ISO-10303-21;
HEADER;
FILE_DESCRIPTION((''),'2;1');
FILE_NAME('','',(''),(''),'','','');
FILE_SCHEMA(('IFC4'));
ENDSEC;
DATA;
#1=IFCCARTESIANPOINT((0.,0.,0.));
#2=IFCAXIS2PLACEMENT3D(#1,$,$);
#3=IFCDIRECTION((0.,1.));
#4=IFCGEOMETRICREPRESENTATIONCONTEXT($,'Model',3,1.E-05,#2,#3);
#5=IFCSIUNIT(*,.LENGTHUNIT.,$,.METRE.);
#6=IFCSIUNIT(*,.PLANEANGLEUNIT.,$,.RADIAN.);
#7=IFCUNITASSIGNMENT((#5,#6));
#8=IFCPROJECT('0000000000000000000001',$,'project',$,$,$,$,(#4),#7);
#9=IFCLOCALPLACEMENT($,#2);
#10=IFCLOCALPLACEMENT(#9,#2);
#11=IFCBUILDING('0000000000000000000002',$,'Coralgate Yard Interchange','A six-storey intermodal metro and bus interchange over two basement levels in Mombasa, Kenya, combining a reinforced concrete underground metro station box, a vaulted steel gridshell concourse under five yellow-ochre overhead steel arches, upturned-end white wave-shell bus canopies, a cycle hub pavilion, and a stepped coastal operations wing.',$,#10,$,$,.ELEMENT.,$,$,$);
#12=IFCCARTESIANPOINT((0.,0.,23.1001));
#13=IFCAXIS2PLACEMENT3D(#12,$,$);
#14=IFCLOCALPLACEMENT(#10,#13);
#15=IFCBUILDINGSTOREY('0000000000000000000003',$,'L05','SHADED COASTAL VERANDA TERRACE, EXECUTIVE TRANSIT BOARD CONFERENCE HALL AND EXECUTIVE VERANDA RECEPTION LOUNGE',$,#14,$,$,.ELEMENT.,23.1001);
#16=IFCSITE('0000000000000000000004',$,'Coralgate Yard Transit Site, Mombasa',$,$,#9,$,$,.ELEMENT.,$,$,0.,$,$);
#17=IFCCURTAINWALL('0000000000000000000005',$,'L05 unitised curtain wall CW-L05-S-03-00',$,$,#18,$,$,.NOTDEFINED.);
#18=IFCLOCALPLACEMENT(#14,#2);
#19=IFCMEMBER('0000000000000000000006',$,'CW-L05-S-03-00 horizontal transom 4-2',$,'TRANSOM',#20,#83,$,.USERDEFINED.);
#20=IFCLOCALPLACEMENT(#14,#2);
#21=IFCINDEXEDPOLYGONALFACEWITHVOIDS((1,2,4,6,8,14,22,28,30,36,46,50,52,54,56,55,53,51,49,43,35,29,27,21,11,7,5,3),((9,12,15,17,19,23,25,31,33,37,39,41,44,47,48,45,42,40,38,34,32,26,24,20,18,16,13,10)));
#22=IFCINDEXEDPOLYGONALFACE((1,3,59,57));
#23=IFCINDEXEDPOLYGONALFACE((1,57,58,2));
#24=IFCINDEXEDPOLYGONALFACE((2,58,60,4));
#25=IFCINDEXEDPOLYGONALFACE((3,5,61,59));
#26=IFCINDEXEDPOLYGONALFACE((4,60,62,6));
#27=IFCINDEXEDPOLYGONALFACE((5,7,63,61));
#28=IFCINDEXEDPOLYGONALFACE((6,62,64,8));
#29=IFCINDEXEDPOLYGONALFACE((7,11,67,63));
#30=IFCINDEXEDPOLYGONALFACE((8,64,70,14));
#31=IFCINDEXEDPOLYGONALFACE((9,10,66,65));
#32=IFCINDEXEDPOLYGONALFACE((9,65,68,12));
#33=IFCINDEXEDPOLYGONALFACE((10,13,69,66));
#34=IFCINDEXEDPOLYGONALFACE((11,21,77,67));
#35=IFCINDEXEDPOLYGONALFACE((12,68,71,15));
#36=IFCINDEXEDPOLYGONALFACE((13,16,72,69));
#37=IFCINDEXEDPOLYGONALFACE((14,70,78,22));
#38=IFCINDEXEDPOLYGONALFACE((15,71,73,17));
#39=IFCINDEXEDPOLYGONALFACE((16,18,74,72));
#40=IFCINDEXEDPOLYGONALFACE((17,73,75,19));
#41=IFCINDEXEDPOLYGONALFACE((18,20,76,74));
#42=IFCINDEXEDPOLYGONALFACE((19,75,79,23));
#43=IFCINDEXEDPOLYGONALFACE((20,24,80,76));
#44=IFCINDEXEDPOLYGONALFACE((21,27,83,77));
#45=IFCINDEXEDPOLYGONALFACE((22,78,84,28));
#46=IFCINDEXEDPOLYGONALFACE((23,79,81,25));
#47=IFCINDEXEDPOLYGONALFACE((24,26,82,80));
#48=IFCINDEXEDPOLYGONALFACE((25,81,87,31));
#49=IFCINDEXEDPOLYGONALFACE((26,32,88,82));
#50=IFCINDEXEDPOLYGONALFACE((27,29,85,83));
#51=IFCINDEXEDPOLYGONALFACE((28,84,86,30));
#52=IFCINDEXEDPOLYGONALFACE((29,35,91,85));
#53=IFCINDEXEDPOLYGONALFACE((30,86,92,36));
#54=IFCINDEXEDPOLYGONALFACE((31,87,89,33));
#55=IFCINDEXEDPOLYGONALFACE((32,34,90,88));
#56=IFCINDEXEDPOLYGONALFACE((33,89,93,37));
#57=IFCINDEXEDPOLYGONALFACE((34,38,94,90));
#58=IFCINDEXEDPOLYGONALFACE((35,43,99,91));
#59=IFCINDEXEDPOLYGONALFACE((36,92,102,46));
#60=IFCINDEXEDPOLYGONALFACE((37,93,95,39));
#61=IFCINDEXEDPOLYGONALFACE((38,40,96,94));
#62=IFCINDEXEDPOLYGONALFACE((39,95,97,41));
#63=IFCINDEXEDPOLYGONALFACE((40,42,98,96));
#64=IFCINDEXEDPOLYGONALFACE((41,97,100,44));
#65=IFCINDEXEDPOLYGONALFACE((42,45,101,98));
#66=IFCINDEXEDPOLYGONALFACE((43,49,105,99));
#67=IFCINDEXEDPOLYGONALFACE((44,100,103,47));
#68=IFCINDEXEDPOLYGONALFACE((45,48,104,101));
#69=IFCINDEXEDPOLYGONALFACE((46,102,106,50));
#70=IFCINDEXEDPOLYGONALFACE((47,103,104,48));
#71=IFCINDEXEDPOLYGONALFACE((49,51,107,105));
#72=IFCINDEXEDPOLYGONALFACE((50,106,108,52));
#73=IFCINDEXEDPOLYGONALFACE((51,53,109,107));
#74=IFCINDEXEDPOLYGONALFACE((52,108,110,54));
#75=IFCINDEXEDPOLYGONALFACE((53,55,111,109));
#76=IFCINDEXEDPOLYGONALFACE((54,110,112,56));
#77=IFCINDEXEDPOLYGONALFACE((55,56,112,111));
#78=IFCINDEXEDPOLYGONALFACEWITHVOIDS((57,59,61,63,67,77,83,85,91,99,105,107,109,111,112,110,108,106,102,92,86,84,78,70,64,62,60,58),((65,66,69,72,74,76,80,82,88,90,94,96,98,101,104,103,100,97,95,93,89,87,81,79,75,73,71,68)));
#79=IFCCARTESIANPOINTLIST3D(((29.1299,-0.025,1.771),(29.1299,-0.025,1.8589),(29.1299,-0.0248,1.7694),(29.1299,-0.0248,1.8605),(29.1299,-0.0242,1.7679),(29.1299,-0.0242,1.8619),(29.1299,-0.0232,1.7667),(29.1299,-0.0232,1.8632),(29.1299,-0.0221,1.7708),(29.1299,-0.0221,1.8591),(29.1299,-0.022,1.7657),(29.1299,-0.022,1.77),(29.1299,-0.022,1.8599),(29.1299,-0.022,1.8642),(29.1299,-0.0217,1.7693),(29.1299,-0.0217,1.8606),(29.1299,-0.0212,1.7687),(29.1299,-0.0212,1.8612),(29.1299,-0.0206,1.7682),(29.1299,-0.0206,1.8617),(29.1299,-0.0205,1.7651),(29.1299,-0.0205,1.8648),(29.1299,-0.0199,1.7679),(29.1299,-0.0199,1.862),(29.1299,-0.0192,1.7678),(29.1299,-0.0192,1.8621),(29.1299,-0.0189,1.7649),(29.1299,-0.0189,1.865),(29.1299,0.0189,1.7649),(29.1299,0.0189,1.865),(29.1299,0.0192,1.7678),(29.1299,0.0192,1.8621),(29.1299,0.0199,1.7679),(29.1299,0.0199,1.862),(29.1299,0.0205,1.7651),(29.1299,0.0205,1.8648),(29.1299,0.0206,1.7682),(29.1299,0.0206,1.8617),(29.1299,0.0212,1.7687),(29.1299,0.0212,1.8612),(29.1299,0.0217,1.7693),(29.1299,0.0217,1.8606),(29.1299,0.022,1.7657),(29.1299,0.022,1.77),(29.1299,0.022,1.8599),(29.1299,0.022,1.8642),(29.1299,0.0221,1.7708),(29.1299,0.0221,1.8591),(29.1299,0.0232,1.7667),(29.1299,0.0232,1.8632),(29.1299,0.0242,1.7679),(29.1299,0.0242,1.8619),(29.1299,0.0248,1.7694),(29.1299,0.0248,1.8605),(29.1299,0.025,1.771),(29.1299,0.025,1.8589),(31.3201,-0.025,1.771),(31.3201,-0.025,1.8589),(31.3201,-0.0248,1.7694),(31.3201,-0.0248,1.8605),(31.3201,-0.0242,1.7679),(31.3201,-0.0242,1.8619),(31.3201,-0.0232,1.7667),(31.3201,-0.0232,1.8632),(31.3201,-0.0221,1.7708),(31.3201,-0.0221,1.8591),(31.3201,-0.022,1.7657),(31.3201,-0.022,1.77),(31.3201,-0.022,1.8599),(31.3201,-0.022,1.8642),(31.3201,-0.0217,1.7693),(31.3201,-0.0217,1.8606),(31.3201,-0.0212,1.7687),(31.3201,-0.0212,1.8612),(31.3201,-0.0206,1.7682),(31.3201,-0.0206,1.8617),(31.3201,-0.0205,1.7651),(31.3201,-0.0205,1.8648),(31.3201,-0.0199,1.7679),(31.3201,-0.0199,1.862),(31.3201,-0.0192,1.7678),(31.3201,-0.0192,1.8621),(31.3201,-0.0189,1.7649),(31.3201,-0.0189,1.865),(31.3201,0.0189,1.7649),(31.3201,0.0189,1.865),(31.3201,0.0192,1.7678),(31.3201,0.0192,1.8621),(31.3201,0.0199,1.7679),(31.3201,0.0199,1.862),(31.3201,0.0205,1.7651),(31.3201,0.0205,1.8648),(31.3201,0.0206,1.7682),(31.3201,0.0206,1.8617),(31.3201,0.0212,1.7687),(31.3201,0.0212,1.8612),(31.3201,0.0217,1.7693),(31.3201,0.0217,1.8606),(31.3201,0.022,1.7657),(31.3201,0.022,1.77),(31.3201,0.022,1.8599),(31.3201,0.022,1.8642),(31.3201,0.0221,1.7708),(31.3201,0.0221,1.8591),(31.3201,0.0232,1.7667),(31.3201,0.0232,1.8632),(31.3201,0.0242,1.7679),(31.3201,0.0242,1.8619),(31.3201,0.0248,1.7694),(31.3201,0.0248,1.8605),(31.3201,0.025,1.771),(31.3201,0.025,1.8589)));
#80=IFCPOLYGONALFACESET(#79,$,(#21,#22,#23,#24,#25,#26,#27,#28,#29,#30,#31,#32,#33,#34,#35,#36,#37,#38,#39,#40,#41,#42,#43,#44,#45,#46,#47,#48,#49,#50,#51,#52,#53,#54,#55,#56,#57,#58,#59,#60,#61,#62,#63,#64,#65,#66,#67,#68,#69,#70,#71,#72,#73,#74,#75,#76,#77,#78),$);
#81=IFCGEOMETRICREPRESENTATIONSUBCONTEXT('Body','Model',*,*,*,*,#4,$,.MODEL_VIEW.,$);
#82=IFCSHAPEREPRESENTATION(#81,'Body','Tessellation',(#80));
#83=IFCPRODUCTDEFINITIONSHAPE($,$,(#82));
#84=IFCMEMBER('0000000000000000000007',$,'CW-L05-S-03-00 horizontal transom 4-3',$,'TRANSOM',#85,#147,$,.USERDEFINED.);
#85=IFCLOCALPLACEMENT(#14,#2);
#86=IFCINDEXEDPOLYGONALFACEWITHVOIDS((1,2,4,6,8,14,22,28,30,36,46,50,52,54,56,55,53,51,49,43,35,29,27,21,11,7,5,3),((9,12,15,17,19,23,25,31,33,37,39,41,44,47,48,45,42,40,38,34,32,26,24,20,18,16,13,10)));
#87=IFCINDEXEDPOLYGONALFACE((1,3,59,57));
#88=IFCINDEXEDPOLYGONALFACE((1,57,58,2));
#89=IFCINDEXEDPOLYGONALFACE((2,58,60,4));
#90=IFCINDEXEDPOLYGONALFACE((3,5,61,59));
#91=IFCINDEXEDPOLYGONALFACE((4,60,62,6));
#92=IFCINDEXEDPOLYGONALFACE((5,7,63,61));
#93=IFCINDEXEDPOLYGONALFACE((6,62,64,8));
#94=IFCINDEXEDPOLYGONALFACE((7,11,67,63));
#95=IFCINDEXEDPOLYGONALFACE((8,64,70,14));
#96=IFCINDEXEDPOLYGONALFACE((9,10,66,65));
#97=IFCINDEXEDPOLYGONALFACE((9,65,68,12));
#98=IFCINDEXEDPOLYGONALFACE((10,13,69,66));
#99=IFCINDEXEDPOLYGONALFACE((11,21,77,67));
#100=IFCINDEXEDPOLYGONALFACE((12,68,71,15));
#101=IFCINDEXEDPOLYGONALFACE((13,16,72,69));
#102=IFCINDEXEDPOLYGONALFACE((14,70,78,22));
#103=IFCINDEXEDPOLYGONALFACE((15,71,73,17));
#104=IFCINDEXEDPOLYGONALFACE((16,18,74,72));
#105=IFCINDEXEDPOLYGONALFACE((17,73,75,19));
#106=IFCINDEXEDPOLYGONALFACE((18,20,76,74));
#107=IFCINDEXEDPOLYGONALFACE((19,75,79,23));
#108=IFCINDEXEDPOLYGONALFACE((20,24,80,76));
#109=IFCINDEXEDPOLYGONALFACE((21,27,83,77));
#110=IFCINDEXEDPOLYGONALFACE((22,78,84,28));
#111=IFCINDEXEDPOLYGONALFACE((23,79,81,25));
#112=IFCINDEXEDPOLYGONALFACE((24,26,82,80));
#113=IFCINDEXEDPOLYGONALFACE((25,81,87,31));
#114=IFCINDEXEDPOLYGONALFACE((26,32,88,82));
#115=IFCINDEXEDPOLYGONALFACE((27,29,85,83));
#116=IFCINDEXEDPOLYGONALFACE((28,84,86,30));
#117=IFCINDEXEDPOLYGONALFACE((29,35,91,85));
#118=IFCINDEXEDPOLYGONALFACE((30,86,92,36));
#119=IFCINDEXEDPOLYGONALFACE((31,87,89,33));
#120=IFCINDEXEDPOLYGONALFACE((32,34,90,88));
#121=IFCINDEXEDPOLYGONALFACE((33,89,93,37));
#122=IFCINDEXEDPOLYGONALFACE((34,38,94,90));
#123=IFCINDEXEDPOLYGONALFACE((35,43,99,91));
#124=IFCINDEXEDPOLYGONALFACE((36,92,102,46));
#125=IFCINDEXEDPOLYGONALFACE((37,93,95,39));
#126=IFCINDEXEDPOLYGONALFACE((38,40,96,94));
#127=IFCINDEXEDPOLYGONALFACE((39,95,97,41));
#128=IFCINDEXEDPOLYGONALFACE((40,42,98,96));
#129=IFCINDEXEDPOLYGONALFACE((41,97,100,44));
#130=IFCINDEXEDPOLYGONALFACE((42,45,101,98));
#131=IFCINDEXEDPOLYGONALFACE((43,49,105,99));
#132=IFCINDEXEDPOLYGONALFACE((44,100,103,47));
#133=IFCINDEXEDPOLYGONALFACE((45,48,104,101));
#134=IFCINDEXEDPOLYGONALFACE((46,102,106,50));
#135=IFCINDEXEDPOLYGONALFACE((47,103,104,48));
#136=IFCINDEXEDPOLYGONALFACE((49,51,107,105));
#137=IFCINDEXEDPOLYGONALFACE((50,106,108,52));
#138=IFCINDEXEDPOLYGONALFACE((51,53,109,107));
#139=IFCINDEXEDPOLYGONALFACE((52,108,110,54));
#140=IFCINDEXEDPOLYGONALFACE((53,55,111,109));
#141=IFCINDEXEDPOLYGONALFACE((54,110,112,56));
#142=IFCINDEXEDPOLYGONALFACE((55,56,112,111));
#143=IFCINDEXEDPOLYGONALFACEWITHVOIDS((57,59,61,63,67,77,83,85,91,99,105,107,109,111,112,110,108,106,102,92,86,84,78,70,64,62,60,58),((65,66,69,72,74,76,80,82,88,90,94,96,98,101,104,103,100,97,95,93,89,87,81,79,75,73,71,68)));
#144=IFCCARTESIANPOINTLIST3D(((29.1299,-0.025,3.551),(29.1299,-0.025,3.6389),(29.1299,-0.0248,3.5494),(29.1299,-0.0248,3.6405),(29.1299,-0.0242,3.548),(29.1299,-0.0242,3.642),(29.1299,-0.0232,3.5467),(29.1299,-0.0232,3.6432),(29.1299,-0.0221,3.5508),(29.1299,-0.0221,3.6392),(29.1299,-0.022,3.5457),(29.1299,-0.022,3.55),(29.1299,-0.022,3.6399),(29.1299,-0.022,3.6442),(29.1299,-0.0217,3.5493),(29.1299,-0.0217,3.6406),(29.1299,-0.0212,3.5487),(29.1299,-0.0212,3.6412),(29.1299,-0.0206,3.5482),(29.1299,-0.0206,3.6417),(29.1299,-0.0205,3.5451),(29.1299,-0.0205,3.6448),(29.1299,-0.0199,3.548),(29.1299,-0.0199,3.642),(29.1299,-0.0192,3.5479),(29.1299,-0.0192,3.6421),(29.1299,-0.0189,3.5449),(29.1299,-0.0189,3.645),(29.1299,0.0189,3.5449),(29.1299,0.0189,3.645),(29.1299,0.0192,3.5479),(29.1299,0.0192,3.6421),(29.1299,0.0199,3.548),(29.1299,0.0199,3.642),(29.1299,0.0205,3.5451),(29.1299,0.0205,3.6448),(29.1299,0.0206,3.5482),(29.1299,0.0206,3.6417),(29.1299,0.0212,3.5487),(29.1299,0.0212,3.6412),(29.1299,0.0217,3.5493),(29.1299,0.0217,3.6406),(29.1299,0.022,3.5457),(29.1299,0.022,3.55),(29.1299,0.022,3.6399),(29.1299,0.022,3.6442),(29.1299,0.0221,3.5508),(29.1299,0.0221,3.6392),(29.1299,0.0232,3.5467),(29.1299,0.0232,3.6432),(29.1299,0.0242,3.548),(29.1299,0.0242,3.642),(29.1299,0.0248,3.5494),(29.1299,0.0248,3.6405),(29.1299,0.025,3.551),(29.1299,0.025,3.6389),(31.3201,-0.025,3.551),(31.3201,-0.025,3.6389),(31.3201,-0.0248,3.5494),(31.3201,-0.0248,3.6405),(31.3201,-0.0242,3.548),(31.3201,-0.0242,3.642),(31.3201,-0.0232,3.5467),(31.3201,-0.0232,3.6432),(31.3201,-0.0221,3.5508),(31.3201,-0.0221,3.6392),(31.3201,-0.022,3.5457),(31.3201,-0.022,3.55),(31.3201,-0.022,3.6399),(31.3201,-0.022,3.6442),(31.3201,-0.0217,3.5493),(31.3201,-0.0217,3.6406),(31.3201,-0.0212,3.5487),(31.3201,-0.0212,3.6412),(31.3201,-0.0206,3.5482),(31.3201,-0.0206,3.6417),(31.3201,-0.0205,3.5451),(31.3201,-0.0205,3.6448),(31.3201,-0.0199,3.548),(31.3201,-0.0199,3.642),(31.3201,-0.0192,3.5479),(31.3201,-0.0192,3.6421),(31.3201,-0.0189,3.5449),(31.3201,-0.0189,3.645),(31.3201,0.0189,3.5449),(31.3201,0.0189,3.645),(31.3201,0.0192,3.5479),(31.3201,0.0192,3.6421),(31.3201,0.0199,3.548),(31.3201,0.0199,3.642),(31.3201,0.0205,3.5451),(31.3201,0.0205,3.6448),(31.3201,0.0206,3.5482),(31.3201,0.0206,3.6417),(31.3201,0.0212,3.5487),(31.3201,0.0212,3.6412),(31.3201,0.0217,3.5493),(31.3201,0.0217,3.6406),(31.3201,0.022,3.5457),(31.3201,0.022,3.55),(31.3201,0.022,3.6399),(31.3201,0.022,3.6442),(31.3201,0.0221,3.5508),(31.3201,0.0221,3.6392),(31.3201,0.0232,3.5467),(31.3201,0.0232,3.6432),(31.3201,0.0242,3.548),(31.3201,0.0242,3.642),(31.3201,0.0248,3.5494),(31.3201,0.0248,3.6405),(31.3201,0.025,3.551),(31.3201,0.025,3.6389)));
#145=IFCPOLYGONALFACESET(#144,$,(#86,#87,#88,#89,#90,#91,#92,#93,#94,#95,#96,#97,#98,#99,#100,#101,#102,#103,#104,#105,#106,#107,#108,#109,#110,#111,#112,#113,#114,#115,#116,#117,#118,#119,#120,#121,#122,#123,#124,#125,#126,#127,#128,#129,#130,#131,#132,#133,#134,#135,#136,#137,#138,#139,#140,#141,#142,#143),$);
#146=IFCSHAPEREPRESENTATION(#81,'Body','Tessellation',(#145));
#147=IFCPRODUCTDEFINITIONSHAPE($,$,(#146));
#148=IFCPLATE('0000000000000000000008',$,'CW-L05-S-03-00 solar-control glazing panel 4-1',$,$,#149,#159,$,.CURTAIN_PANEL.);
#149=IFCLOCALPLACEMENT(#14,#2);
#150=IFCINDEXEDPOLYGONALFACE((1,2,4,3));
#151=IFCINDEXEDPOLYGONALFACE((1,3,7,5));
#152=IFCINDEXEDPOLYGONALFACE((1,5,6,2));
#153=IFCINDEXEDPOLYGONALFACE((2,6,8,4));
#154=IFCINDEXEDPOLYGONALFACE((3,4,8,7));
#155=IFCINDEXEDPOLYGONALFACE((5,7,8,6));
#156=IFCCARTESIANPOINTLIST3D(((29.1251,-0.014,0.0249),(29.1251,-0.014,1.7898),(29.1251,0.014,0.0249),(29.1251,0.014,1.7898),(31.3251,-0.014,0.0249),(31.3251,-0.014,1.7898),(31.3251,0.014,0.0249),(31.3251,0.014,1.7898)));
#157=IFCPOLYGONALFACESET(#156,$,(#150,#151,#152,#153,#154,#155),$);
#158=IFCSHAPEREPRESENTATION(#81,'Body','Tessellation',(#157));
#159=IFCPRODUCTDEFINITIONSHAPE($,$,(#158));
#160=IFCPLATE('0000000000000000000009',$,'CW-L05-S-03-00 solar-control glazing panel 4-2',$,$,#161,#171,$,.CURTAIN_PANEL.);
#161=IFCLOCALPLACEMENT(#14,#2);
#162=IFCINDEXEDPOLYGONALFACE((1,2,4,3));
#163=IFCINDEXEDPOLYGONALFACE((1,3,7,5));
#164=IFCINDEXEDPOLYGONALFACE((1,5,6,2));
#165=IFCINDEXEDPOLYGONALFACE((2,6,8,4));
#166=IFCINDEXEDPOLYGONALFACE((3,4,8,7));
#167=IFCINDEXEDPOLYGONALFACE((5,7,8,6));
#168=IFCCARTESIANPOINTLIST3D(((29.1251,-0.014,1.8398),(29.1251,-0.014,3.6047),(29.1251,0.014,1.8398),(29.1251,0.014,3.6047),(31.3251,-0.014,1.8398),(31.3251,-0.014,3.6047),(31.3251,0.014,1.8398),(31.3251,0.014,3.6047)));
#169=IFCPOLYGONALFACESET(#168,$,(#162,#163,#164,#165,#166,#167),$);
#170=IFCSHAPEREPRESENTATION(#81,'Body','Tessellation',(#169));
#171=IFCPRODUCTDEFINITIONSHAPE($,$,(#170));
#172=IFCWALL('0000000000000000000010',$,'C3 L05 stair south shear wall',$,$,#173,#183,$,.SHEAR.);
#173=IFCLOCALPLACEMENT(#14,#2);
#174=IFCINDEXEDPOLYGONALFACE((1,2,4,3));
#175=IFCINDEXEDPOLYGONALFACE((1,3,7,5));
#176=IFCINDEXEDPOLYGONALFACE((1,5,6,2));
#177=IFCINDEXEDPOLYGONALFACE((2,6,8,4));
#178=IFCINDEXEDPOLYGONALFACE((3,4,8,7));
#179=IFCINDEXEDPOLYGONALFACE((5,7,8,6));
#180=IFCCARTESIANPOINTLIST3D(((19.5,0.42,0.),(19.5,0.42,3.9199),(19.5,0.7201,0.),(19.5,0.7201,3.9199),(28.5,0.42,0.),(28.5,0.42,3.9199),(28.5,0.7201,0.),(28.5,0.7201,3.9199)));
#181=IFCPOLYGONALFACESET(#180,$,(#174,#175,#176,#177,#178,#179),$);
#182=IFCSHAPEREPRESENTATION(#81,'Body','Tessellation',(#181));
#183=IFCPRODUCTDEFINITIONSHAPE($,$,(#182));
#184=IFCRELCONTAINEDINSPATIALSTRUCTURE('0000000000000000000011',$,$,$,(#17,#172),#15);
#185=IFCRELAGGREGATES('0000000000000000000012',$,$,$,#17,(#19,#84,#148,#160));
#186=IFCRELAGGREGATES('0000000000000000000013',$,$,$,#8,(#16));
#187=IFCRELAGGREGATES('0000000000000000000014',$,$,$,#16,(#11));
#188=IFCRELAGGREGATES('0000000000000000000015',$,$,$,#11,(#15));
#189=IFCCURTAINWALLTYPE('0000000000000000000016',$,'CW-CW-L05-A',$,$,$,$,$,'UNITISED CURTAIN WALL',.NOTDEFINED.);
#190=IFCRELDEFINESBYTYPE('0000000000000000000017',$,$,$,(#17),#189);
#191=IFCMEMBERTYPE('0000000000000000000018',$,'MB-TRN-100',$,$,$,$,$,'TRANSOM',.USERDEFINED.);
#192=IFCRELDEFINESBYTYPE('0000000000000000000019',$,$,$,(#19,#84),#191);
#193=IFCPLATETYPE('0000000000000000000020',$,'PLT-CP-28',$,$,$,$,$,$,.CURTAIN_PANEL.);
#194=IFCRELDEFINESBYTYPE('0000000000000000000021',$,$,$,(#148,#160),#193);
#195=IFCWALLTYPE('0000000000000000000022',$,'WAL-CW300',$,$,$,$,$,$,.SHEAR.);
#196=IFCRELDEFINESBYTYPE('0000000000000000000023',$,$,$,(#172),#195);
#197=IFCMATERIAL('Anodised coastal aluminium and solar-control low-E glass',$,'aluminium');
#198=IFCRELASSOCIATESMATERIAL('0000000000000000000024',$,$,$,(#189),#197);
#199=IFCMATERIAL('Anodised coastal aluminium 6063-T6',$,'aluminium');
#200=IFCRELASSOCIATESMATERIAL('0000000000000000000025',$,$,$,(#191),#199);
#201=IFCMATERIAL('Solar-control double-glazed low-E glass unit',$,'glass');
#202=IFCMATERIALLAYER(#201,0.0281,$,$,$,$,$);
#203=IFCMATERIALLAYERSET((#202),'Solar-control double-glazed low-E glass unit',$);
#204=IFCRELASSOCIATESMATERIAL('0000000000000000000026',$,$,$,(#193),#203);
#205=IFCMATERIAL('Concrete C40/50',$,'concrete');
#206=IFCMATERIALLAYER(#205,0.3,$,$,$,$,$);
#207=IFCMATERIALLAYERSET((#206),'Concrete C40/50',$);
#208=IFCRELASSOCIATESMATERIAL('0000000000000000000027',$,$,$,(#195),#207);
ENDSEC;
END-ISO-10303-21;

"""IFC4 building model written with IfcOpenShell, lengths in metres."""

from ifc_helpers import new_model, si_unit, direction, frame, frame_2d, origin, origin_2d, place, context, subcontext, project, spatial, rectangle, hollow_rectangle, extrude, material, layer, layer_set, material_profile, profile_set, type_object, element, aggregate, save


model = new_model("IFC4")

# Units and contexts
model_context = context("Model", 3, precision=1e-05, world=origin(), true_north=direction((0.0, 1.0)))
body_context = subcontext(model_context, "Body", "Model", "MODEL_VIEW")
ifc_project = project(units=[si_unit("LENGTHUNIT", "METRE"), si_unit("PLANEANGLEUNIT", "RADIAN")], contexts=[model_context])

# Site, building, storey
site_placement = place(None, origin())
site = spatial("IfcSite", under=ifc_project, at=site_placement, Name="Coralgate Yard Transit Site, Mombasa", CompositionType="ELEMENT", RefElevation=0.0)
building_placement = place(site_placement, origin())
building = spatial("IfcBuilding", under=site, at=building_placement, Name="Coralgate Yard Interchange", Description="A six-storey intermodal metro and bus interchange over two basement levels in Mombasa, Kenya, combining a reinforced concrete underground metro station box, a vaulted steel gridshell concourse under five yellow-ochre overhead steel arches, upturned-end white wave-shell bus canopies, a cycle hub pavilion, and a stepped coastal operations wing.", CompositionType="ELEMENT")
storey_placement = place(building_placement, frame((0.0, 0.0, 23.1001)))
storey = spatial("IfcBuildingStorey", under=building, at=storey_placement, Name="L05", Description="SHADED COASTAL VERANDA TERRACE, EXECUTIVE TRANSIT BOARD CONFERENCE HALL AND EXECUTIVE VERANDA RECEPTION LOUNGE", CompositionType="ELEMENT", Elevation=23.1001)

# Curtain wall, members, plates
ifc_material_1 = material(Name="Anodised coastal aluminium and solar-control low-E glass", Category="aluminium")
curtain_wall_type = type_object("IfcCurtainWallType", Name="CW-CW-L05-A", ElementType="UNITISED CURTAIN WALL", PredefinedType="NOTDEFINED", material=ifc_material_1)
curtain_wall_placement = place(storey_placement, origin())
curtain_wall = element("IfcCurtainWall", 1, at=curtain_wall_placement, inside=storey, type_object=curtain_wall_type, Name="L05 unitised curtain wall CW-L05-S-03-00", PredefinedType="NOTDEFINED")
ifc_material_2 = material(Name="Anodised coastal aluminium 6063-T6", Category="aluminium")
ifc_material_profile_1 = material_profile(ifc_material_2, hollow_rectangle(XDim=0.05, YDim=0.1001, WallThickness=0.0029, InnerFilletRadius=0.0029, OuterFilletRadius=0.0061, at=origin_2d()), Name="ALU 50x100x3")
ifc_profile_set_1 = profile_set([ifc_material_profile_1], Name="Anodised coastal aluminium 6063-T6")
member_type_1 = type_object("IfcMemberType", Name="MB-TRN-100", ElementType="TRANSOM", PredefinedType="USERDEFINED", material=ifc_profile_set_1)
member_1_placement = place(storey_placement, frame((31.3201, 0.0, 1.8149), z_axis=(-1.0, 0.0, 0.0), x_axis=(0.0, -1.0, 0.0)))
member_1 = element("IfcMember", 2, at=member_1_placement, type_object=member_type_1, Name="CW-L05-S-03-00 horizontal transom 4-2", ObjectType="TRANSOM", PredefinedType="USERDEFINED", context=body_context, shape_type="SweptSolid", body=[
    extrude(hollow_rectangle(XDim=0.05, YDim=0.1001, WallThickness=0.0029, InnerFilletRadius=0.0029, OuterFilletRadius=0.0061, at=origin_2d()), origin(), (0.0, 0.0, 1.0), 2.1902),
])
member_2_placement = place(storey_placement, frame((31.3201, 0.0, 3.595), z_axis=(-1.0, 0.0, 0.0), x_axis=(0.0, -1.0, 0.0)))
member_2 = element("IfcMember", 3, at=member_2_placement, type_object=member_type_1, Name="CW-L05-S-03-00 horizontal transom 4-3", ObjectType="TRANSOM", PredefinedType="USERDEFINED", context=body_context, shape_type="SweptSolid", body=[
    extrude(hollow_rectangle(XDim=0.05, YDim=0.1001, WallThickness=0.0029, InnerFilletRadius=0.0029, OuterFilletRadius=0.0061, at=origin_2d()), origin(), (0.0, 0.0, 1.0), 2.1902),
])
ifc_material_3 = material(Name="Solar-control double-glazed low-E glass unit", Category="glass")
ifc_layer_1 = layer(ifc_material_3, 0.0281)
ifc_layer_set_1 = layer_set([ifc_layer_1], Name="Solar-control double-glazed low-E glass unit")
plate_type = type_object("IfcPlateType", Name="PLT-CP-28", PredefinedType="CURTAIN_PANEL", material=ifc_layer_set_1)
plate_1_placement = place(storey_placement, frame((30.2251, 0.0, 0.0249), z_axis=(0.0, 0.0, 1.0), x_axis=(-1.0, 0.0, 0.0)))
plate_1 = element("IfcPlate", 4, at=plate_1_placement, type_object=plate_type, Name="CW-L05-S-03-00 solar-control glazing panel 4-1", PredefinedType="CURTAIN_PANEL", context=body_context, shape_type="SweptSolid", body=[
    extrude(rectangle(XDim=2.2, YDim=0.0281, at=origin_2d()), origin(), (0.0, 0.0, 1.0), 1.7649),
])
plate_2_placement = place(storey_placement, frame((30.2251, 0.0, 1.8398), z_axis=(0.0, 0.0, 1.0), x_axis=(-1.0, 0.0, 0.0)))
plate_2 = element("IfcPlate", 5, at=plate_2_placement, type_object=plate_type, Name="CW-L05-S-03-00 solar-control glazing panel 4-2", PredefinedType="CURTAIN_PANEL", context=body_context, shape_type="SweptSolid", body=[
    extrude(rectangle(XDim=2.2, YDim=0.0281, at=origin_2d()), origin(), (0.0, 0.0, 1.0), 1.7649),
])
aggregate(curtain_wall, [member_1, member_2, plate_1, plate_2])

# Wall
ifc_material_4 = material(Name="Concrete C40/50", Category="concrete")
ifc_layer_2 = layer(ifc_material_4, 0.3)
ifc_layer_set_2 = layer_set([ifc_layer_2], Name="Concrete C40/50")
wall_type_1 = type_object("IfcWallType", Name="WAL-CW300", PredefinedType="SHEAR", material=ifc_layer_set_2)
wall_1_placement = place(storey_placement, frame((19.5, 0.5701, 0.0), z_axis=(0.0, 0.0, 1.0), x_axis=(1.0, 0.0, 0.0)))
element("IfcWall", 6, at=wall_1_placement, inside=storey, type_object=wall_type_1, Name="C3 L05 stair south shear wall", PredefinedType="SHEAR", context=body_context, shape_type="SweptSolid", body=[
    extrude(rectangle(XDim=9.0, YDim=0.3, at=frame_2d((4.5, 0.0))), origin(), (0.0, 0.0, 1.0), 3.9199),
])

save(model, "model.ifc")
